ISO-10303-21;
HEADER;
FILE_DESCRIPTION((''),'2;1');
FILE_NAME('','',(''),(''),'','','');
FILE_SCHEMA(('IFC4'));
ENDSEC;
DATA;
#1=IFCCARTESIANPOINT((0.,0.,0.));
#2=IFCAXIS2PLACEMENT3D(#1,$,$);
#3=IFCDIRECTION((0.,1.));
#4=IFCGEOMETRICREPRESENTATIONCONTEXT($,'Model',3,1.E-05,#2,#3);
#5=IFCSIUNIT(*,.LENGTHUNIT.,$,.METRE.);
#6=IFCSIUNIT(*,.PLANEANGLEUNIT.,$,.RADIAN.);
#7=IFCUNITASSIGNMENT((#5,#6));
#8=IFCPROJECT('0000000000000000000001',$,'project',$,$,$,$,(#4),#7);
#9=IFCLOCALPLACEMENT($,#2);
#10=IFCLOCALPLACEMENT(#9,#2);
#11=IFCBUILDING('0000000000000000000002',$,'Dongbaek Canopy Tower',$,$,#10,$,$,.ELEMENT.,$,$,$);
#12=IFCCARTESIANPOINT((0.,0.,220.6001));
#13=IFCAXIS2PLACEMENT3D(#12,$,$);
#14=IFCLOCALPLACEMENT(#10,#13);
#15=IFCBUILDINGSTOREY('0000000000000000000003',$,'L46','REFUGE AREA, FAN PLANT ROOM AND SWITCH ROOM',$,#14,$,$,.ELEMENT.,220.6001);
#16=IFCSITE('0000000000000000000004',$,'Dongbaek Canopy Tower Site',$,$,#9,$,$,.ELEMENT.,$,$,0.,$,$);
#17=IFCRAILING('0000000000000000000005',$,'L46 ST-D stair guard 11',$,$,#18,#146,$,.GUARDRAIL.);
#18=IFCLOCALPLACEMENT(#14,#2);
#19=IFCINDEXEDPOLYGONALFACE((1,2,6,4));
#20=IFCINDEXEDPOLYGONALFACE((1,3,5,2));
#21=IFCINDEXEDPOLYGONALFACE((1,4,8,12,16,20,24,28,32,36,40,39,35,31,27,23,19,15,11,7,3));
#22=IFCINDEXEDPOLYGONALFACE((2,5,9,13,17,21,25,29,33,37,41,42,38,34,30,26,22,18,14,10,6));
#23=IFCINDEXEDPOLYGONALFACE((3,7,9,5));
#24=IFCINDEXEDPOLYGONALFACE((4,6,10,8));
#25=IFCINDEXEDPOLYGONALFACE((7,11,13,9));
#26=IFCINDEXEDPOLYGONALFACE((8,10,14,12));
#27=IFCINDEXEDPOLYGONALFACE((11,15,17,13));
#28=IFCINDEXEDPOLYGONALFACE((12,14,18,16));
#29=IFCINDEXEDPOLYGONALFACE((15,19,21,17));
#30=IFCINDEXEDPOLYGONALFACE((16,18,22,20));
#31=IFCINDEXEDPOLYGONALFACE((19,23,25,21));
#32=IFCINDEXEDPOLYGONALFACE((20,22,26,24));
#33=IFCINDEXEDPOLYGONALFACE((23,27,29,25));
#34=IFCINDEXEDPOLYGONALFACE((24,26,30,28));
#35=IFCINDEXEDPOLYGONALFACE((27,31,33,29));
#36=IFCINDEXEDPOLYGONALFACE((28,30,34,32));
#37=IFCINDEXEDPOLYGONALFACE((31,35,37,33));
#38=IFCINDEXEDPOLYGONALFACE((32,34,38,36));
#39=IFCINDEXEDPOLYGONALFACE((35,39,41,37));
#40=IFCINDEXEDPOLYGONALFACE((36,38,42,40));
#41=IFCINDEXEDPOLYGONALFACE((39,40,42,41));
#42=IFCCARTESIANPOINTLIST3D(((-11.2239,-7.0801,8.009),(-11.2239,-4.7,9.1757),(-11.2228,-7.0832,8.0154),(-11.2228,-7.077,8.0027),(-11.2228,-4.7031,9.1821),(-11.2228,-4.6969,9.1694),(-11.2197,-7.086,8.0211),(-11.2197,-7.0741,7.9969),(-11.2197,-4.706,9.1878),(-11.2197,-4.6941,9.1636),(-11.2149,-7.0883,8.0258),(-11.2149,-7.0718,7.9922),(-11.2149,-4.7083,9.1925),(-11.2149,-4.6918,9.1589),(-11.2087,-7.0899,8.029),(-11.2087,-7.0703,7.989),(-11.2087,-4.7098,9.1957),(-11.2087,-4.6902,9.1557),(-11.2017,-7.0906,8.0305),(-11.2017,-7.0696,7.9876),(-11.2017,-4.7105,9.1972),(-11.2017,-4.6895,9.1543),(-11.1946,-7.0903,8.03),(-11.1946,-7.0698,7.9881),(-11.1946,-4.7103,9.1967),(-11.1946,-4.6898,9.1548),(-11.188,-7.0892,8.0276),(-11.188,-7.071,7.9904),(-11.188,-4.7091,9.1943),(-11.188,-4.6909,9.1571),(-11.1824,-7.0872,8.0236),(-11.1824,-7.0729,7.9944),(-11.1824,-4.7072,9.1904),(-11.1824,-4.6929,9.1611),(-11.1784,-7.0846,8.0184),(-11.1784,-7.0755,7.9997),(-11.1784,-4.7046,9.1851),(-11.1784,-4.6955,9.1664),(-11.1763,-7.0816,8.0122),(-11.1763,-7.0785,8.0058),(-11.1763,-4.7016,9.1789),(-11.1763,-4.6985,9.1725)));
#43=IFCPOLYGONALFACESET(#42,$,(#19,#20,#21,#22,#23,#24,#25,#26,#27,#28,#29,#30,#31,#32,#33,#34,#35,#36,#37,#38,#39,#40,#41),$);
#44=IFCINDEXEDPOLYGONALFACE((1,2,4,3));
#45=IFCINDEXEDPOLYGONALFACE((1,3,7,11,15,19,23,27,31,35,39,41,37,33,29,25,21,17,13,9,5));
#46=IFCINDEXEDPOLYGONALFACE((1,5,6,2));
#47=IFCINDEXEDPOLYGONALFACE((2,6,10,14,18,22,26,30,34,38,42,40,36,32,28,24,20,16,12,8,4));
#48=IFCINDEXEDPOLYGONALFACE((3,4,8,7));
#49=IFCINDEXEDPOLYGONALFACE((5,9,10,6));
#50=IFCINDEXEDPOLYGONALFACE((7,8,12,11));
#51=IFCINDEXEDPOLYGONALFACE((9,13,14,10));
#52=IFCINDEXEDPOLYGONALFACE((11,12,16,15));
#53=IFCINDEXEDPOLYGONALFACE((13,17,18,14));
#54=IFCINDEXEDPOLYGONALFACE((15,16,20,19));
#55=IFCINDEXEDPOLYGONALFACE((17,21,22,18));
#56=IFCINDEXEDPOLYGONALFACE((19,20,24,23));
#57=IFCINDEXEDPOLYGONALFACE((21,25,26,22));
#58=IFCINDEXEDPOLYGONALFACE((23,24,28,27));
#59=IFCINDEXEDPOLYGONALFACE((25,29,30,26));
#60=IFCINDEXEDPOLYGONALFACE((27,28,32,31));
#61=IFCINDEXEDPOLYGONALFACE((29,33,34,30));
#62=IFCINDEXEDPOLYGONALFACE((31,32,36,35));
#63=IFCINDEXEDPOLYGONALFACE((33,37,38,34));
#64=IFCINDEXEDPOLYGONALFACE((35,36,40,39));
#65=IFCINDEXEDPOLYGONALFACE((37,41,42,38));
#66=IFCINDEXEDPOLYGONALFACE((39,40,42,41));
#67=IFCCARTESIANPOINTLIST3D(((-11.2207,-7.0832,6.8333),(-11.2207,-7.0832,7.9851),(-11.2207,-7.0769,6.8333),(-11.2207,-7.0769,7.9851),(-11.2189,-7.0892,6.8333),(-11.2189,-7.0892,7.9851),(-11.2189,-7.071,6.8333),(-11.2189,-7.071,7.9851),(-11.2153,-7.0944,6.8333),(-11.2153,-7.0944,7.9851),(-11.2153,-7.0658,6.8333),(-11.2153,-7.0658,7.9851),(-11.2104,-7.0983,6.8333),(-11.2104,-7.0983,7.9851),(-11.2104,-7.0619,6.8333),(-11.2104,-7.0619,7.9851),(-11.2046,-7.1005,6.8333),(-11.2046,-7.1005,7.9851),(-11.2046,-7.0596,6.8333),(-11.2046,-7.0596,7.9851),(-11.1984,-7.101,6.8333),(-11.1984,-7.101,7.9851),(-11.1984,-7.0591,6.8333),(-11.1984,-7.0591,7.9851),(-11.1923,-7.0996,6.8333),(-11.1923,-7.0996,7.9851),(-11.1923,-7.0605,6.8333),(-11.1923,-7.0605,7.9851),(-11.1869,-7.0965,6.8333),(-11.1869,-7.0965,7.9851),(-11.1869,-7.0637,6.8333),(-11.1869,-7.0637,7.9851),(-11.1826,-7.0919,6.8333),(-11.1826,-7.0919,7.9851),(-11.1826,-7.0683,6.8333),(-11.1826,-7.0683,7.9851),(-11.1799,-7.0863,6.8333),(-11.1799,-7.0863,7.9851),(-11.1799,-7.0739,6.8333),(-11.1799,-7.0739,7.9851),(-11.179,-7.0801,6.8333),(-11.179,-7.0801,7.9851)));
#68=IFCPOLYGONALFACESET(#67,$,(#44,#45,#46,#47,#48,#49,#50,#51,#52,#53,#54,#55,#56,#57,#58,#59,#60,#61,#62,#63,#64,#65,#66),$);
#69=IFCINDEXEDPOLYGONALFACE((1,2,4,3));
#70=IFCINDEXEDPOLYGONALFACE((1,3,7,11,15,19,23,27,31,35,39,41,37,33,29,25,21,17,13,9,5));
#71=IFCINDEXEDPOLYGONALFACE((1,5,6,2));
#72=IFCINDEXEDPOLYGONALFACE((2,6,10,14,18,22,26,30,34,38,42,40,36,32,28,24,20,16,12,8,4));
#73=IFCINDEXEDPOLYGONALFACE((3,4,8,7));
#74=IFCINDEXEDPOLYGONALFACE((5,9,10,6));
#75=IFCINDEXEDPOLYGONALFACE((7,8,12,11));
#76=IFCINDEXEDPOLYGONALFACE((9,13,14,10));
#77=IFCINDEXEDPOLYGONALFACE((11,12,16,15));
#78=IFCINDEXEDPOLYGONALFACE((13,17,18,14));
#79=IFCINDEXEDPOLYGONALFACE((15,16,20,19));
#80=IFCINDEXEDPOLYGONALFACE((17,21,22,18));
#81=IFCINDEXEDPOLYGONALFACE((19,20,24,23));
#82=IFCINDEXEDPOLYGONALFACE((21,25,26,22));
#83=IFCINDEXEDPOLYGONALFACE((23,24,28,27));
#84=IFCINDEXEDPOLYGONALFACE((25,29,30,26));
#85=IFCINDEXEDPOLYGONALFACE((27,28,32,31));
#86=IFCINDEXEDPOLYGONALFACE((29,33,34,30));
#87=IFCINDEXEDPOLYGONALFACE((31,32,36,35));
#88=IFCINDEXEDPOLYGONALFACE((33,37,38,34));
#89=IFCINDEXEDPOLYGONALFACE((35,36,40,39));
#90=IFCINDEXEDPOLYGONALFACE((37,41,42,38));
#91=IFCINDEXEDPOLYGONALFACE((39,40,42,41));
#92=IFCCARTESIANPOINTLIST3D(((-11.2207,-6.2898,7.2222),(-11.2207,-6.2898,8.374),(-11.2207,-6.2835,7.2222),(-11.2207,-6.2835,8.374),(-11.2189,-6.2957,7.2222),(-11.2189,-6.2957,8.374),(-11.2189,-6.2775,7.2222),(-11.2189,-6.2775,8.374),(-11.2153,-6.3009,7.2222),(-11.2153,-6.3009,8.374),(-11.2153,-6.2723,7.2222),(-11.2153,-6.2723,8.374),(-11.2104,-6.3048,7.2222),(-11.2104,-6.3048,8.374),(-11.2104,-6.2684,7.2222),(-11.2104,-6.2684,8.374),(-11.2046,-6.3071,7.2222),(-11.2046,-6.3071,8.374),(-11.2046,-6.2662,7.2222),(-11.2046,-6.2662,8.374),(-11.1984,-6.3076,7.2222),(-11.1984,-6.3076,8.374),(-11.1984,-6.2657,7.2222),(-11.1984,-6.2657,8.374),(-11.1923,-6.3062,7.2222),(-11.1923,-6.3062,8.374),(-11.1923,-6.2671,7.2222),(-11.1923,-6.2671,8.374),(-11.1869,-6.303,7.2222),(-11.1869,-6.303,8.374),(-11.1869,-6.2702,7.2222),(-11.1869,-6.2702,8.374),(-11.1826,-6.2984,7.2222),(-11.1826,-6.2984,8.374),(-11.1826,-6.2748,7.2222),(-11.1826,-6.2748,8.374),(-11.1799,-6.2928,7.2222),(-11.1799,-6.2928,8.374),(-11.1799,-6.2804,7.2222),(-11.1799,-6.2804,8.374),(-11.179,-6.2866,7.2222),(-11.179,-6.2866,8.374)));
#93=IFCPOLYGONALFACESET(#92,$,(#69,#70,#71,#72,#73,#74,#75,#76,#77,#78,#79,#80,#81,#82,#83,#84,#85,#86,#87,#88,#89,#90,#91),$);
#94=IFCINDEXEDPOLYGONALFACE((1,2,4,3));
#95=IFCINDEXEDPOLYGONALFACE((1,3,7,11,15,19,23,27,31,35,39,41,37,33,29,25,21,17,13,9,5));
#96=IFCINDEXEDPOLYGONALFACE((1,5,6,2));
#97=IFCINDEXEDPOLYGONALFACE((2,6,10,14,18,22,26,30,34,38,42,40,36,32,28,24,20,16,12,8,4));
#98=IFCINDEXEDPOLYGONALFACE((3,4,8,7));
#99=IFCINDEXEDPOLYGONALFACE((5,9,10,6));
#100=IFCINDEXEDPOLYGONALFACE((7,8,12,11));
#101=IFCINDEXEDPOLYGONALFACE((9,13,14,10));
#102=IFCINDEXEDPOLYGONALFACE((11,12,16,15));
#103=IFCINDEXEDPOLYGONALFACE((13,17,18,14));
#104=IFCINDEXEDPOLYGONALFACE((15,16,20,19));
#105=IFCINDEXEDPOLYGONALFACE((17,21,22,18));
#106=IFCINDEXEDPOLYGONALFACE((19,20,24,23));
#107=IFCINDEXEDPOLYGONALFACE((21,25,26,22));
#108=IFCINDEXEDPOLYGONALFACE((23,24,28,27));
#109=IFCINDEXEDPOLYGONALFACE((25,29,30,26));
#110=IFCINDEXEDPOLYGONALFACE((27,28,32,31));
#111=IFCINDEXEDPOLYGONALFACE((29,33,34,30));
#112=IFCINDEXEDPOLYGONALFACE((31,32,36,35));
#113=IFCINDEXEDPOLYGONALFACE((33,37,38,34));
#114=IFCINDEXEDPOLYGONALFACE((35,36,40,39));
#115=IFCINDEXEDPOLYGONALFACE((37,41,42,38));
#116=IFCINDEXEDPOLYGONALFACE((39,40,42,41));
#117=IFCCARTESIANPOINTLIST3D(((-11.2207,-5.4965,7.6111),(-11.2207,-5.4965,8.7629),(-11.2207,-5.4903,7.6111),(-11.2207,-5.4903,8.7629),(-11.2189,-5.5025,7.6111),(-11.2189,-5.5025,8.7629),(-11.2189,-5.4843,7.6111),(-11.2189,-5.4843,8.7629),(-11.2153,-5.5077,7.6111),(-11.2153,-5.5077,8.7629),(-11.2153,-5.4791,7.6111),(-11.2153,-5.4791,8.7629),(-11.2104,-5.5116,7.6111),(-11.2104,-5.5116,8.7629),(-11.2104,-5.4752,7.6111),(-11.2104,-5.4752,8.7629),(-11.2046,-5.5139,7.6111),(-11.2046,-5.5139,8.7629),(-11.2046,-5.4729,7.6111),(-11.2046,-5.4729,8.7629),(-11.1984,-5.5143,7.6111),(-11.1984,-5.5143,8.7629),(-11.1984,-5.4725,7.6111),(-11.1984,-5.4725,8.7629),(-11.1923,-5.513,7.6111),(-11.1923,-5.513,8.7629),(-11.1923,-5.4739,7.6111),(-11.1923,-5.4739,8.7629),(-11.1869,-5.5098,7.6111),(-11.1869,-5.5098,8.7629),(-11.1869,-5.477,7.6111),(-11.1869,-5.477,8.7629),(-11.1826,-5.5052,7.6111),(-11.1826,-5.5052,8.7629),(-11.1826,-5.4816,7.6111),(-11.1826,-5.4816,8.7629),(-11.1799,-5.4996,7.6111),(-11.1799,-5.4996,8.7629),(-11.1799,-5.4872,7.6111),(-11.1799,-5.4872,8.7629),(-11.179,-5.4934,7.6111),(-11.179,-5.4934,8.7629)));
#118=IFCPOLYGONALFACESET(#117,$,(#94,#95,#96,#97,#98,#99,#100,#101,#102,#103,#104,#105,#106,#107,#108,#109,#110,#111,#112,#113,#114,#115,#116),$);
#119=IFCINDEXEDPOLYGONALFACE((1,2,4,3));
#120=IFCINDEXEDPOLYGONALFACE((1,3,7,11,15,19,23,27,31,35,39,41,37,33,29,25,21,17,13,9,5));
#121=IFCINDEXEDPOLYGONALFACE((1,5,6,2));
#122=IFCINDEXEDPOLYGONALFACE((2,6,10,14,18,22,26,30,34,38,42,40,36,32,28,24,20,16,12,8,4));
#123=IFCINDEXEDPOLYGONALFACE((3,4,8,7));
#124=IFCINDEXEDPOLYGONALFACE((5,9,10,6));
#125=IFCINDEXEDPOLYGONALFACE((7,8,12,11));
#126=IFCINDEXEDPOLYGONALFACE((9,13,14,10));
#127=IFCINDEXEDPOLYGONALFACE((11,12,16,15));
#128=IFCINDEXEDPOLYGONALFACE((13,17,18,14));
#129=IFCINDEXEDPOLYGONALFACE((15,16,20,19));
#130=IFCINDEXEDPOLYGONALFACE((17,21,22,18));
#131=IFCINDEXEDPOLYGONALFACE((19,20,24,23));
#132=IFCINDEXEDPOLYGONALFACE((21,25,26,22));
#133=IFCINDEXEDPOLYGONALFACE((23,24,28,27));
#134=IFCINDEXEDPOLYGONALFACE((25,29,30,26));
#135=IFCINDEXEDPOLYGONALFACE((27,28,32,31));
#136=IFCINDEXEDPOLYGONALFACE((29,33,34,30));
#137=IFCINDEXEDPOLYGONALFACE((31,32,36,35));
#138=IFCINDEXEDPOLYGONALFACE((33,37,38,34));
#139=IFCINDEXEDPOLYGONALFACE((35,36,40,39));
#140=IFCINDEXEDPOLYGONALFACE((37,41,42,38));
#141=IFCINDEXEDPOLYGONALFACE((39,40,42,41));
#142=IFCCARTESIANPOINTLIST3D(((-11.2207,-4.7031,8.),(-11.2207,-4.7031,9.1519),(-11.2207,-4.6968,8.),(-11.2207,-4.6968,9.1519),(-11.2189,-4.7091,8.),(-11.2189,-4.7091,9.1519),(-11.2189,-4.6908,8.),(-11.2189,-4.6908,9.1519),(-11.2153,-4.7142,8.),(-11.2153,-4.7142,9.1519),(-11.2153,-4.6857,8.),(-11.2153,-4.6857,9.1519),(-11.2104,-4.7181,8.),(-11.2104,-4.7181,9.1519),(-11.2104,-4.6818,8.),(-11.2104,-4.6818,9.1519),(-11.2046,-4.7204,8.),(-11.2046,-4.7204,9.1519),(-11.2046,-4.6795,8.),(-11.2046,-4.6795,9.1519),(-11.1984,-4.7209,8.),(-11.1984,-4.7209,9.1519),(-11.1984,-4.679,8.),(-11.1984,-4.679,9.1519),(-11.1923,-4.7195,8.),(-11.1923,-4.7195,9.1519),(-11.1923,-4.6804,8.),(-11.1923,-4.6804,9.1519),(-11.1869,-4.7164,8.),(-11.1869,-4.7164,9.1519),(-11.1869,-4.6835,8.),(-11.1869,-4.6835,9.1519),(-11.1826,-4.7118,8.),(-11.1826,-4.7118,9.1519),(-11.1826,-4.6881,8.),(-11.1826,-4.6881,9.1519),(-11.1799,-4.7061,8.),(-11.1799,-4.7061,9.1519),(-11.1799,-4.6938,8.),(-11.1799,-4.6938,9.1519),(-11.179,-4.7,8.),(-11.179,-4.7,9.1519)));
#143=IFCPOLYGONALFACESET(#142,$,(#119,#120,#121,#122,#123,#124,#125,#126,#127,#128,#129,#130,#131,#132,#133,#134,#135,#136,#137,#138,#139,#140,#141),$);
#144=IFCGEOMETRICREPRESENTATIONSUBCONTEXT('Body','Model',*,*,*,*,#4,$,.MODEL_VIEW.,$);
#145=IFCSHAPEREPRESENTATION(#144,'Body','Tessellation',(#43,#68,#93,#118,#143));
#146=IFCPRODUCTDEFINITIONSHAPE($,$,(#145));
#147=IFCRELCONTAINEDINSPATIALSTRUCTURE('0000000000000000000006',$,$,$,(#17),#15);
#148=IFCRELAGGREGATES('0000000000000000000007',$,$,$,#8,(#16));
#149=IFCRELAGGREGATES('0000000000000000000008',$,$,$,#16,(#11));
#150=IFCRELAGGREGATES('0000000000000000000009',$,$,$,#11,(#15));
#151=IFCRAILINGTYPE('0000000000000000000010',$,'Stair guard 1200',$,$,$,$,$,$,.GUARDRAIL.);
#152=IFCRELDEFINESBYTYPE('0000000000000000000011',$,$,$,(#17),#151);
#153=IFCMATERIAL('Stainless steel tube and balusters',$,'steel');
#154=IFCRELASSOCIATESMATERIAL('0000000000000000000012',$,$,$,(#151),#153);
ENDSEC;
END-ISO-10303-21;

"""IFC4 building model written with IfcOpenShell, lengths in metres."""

from ifc_helpers import new_model, si_unit, direction, frame, origin, origin_2d, place, context, subcontext, project, spatial, circle, extrude, material, type_object, element, save


model = new_model("IFC4")

# Units and contexts
model_context = context("Model", 3, precision=1e-05, world=origin(), true_north=direction((0.0, 1.0)))
body_context = subcontext(model_context, "Body", "Model", "MODEL_VIEW")
ifc_project = project(units=[si_unit("LENGTHUNIT", "METRE"), si_unit("PLANEANGLEUNIT", "RADIAN")], contexts=[model_context])

# Site, building, storey
site_placement = place(None, origin())
site = spatial("IfcSite", under=ifc_project, at=site_placement, Name="Dongbaek Canopy Tower Site", CompositionType="ELEMENT", RefElevation=0.0)
building_placement = place(site_placement, origin())
building = spatial("IfcBuilding", under=site, at=building_placement, Name="Dongbaek Canopy Tower", CompositionType="ELEMENT")
storey_placement = place(building_placement, frame((0.0, 0.0, 220.6001)))
storey = spatial("IfcBuildingStorey", under=building, at=storey_placement, Name="L46", Description="REFUGE AREA, FAN PLANT ROOM AND SWITCH ROOM", CompositionType="ELEMENT", Elevation=220.6001)

# Railing
ifc_material_1 = material(Name="Stainless steel tube and balusters", Category="steel")
railing_type = type_object("IfcRailingType", Name="Stair guard 1200", PredefinedType="GUARDRAIL", material=ifc_material_1)
railing_1_placement = place(storey_placement, frame((-11.2, -7.0801, 6.8333)))
element("IfcRailing", 1, at=railing_1_placement, inside=storey, type_object=railing_type, Name="L46 ST-D stair guard 11", PredefinedType="GUARDRAIL", context=body_context, shape_type="SweptSolid", body=[
    extrude(circle(Radius=0.0239, at=origin_2d()), frame((0.0, 0.0, 1.1758), z_axis=(0.0, 0.897918, 0.440163), x_axis=(-1.0, 0.0, 0.0)), (0.0, 0.0, 1.0), 2.6506),
    extrude(circle(Radius=0.021, at=origin_2d()), origin(), (0.0, 0.0, 1.0), 1.1519),
    extrude(circle(Radius=0.021, at=origin_2d()), frame((0.0, 0.7935, 0.3889)), (0.0, 0.0, 1.0), 1.1519),
    extrude(circle(Radius=0.021, at=origin_2d()), frame((0.0, 1.5867, 0.7778)), (0.0, 0.0, 1.0), 1.1519),
    extrude(circle(Radius=0.021, at=origin_2d()), frame((0.0, 2.3801, 1.1667)), (0.0, 0.0, 1.0), 1.1519),
])

save(model, "model.ifc")
